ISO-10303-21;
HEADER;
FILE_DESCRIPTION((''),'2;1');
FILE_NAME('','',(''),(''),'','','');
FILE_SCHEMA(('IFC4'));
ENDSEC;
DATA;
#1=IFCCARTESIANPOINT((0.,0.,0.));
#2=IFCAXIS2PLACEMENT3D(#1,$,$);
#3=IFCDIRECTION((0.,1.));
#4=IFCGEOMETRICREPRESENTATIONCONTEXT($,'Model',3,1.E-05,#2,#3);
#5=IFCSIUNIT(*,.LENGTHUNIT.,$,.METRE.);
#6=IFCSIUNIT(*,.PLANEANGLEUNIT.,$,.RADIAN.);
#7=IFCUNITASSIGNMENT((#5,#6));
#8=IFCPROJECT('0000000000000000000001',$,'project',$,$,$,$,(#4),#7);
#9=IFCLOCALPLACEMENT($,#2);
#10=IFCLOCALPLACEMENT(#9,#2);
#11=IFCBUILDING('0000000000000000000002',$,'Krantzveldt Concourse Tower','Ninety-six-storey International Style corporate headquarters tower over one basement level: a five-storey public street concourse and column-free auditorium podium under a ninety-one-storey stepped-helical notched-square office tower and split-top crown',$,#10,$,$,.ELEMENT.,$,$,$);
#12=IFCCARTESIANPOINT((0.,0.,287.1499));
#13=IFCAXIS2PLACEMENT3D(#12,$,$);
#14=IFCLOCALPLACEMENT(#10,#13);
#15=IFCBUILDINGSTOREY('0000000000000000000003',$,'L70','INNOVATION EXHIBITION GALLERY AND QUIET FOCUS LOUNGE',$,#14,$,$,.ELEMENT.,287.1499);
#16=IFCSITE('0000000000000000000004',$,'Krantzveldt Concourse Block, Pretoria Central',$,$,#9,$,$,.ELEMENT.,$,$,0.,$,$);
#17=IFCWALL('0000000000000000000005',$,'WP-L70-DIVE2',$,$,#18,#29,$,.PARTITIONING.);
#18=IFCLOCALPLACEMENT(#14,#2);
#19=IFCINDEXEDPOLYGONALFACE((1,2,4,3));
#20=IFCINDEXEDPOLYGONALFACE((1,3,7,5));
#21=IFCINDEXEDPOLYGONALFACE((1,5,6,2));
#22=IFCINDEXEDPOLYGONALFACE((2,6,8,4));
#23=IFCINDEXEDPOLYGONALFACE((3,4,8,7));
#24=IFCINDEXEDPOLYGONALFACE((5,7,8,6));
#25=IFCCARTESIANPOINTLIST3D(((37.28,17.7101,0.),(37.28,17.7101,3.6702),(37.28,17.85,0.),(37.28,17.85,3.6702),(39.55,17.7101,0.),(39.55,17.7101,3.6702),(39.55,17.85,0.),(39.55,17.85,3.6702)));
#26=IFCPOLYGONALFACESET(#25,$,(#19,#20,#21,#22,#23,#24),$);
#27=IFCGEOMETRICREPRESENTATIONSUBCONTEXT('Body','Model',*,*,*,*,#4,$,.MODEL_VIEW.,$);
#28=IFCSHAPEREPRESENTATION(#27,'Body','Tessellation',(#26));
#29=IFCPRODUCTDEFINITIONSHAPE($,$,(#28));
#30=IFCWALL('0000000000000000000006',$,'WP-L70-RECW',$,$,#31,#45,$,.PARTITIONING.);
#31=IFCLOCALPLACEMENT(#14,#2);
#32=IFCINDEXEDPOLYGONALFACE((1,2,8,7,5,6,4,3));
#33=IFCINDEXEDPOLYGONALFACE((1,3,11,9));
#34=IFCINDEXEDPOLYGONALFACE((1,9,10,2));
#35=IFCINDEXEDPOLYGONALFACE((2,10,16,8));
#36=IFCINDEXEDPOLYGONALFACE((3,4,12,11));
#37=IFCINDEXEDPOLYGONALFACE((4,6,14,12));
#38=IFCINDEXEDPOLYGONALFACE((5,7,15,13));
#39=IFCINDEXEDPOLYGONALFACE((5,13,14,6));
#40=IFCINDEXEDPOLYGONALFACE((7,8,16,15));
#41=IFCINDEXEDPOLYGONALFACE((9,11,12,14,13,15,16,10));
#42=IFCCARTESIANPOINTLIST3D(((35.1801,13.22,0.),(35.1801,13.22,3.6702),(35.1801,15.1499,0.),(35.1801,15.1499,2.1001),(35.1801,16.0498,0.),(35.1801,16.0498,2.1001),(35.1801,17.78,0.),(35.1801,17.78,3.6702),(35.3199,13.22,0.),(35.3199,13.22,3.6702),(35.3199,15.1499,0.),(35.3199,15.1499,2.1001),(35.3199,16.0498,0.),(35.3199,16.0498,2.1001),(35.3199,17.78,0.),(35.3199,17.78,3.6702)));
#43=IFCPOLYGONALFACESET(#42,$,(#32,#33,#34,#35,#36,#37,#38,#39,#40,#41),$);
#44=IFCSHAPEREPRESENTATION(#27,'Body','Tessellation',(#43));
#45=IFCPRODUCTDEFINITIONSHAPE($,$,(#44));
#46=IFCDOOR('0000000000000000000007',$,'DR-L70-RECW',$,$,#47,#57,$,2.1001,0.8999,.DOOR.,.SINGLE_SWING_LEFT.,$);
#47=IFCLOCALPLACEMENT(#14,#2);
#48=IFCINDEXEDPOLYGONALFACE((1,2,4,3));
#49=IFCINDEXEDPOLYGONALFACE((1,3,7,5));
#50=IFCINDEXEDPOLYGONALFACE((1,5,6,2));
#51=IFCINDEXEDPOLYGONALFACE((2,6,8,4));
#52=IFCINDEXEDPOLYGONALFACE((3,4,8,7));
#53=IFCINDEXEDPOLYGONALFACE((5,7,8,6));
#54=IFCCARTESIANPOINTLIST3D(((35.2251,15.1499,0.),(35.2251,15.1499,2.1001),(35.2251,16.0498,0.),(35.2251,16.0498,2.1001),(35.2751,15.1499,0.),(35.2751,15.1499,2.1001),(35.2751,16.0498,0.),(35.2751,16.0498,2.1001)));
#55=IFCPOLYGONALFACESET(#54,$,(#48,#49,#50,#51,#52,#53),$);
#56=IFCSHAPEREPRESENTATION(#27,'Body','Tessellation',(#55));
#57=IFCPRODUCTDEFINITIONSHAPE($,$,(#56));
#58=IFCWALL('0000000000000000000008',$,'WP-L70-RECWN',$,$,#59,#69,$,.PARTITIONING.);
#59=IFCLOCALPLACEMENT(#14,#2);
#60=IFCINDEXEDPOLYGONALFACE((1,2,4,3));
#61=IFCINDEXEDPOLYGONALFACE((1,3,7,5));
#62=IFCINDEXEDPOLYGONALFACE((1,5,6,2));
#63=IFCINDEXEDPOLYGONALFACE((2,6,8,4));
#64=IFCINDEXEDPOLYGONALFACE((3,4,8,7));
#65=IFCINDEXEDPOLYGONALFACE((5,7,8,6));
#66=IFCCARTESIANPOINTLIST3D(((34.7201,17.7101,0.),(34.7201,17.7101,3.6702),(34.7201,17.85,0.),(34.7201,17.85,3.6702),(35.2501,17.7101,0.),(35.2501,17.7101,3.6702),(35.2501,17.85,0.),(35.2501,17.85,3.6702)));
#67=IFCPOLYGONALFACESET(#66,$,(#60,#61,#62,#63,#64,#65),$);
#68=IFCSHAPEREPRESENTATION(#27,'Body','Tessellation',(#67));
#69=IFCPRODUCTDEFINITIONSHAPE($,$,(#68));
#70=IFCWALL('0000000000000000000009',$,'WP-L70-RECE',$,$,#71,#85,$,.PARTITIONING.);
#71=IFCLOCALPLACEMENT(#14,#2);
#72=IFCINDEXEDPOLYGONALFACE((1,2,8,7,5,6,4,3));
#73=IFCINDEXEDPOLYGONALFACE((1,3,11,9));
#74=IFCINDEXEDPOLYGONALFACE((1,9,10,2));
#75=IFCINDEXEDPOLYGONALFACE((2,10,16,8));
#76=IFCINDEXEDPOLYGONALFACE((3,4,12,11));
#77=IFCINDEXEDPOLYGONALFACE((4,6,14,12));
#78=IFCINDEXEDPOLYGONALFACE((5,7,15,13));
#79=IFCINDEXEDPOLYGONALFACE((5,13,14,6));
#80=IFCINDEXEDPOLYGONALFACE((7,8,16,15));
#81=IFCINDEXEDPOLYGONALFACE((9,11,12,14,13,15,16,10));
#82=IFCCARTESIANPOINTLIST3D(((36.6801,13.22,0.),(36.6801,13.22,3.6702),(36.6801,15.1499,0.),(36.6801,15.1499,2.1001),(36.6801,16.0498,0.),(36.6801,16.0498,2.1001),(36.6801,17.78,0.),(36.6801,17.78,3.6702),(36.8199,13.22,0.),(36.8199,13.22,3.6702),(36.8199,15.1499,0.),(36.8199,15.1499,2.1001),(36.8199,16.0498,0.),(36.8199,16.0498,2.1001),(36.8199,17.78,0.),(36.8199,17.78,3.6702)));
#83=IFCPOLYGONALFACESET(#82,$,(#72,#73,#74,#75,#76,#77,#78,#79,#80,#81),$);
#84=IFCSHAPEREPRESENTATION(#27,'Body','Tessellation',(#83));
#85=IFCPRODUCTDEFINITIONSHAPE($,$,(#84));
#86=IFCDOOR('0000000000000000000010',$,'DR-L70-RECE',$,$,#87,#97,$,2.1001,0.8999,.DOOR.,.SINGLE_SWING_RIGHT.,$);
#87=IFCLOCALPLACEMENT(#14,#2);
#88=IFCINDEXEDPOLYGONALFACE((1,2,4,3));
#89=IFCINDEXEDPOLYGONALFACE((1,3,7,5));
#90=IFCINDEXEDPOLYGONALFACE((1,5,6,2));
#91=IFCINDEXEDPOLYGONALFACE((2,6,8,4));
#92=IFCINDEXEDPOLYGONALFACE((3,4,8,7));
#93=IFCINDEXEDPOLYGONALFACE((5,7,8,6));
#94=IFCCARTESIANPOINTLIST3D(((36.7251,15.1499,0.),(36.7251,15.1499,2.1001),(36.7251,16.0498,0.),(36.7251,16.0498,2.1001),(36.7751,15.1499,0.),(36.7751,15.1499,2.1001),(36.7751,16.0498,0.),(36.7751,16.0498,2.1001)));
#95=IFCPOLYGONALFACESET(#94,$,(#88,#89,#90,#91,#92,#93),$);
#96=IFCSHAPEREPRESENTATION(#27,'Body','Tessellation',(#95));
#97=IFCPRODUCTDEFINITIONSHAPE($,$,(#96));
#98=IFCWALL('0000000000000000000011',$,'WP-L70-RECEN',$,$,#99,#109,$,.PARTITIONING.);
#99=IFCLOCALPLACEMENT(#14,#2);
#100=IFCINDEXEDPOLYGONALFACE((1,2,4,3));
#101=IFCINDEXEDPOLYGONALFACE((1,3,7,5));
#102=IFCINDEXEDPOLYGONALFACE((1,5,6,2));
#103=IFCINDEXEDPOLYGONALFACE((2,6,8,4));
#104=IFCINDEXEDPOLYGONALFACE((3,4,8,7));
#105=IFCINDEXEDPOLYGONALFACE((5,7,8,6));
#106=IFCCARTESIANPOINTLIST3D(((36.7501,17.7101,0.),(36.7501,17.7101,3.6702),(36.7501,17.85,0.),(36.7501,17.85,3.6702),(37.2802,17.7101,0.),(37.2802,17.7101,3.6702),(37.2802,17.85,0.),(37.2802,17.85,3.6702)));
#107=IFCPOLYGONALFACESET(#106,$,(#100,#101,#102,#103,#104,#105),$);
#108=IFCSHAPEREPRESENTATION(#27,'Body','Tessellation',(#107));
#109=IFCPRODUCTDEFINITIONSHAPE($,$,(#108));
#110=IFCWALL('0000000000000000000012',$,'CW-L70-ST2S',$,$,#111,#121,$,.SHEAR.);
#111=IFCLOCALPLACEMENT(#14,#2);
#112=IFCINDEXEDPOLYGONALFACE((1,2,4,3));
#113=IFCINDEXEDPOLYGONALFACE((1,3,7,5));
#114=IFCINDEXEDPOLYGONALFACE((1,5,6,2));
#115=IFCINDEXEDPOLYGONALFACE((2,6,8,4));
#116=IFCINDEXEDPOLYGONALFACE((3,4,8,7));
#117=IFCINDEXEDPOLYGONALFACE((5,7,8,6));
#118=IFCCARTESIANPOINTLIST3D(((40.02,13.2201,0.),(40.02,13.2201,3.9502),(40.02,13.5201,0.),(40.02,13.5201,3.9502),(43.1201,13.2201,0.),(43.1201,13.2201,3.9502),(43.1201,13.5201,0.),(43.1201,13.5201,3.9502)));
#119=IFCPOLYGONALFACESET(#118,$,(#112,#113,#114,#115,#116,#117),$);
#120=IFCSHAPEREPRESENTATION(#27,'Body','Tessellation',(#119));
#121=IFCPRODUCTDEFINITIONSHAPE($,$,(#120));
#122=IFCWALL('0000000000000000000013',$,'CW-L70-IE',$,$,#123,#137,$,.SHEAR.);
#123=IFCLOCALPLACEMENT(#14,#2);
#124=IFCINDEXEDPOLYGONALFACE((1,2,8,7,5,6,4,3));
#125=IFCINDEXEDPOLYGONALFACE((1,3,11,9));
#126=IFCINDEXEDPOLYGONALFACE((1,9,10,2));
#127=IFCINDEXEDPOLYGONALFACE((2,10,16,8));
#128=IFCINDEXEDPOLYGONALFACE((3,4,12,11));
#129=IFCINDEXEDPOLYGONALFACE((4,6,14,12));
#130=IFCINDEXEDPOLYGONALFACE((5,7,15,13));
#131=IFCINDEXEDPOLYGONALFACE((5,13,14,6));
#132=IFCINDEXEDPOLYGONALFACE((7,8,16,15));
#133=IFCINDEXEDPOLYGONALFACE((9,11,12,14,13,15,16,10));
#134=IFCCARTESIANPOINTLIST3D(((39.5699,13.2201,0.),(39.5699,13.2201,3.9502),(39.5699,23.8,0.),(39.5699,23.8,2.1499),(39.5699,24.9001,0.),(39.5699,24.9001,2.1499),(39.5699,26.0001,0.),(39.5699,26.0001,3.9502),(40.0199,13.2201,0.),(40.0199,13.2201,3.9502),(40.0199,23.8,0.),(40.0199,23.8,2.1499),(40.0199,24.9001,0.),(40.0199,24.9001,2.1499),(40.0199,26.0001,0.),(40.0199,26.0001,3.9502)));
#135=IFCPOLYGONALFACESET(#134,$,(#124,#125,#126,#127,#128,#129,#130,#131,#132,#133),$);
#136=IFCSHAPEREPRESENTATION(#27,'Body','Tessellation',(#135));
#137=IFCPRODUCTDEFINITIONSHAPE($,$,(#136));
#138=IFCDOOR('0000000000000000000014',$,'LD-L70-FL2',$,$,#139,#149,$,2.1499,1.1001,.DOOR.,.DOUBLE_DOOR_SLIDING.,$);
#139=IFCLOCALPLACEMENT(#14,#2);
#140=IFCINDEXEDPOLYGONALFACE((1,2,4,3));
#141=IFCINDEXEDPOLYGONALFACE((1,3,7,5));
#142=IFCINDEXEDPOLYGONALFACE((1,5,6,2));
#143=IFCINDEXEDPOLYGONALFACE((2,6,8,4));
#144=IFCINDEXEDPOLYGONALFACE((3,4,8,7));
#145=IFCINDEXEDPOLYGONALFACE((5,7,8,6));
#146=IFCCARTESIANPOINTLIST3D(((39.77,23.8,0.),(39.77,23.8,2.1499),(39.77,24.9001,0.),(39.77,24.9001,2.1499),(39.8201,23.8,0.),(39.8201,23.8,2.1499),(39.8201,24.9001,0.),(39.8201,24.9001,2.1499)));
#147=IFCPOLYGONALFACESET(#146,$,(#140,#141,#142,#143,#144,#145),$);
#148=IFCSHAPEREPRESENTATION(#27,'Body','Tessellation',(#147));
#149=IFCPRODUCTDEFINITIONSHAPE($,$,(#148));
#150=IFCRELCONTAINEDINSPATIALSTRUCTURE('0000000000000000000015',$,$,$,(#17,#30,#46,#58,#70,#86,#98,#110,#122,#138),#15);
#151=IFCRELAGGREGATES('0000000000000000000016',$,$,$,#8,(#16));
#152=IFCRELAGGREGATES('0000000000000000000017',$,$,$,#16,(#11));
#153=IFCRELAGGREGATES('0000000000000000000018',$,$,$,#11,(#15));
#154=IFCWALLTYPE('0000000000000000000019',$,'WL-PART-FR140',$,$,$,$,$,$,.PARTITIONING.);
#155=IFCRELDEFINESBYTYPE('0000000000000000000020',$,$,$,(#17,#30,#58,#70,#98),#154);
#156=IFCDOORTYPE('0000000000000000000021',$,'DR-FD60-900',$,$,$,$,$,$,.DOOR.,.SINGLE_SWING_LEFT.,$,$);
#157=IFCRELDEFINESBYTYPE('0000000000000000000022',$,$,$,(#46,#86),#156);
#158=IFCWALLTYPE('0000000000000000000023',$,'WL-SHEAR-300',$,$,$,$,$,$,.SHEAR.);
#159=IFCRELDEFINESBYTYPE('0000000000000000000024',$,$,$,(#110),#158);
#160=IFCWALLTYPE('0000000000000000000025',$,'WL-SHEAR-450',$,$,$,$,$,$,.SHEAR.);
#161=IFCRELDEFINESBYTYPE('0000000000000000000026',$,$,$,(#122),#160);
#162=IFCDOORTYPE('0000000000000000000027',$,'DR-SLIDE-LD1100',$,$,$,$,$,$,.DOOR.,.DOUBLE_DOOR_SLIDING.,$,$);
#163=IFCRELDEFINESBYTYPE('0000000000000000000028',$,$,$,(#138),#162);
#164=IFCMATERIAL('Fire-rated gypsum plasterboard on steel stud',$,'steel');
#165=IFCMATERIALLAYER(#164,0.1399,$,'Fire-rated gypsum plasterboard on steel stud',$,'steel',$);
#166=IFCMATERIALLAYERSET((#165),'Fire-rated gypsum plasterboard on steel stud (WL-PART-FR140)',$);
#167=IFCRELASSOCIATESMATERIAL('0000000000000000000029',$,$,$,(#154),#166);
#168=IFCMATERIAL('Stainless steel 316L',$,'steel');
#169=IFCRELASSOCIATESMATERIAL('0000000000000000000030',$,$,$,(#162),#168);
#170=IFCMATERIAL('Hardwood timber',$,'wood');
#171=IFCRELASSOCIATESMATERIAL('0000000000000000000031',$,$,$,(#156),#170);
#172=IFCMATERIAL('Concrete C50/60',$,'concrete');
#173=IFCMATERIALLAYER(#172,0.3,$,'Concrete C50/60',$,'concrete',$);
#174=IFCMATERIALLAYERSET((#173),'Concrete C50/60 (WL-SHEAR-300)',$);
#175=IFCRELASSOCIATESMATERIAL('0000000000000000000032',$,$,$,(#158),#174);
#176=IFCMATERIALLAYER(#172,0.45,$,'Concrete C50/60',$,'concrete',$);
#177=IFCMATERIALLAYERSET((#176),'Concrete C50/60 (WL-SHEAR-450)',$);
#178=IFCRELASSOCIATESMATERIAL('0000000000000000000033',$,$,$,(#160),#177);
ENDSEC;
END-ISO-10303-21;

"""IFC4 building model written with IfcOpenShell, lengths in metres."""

from ifc_helpers import new_model, si_unit, direction, frame, frame_2d, origin, place, context, subcontext, project, spatial, rectangle, extrude, material, layer, layer_set, type_object, element, fill, save


model = new_model("IFC4")

# Units and contexts
model_context = context("Model", 3, precision=1e-05, world=origin(), true_north=direction((0.0, 1.0)))
body_context = subcontext(model_context, "Body", "Model", "MODEL_VIEW")
ifc_project = project(units=[si_unit("LENGTHUNIT", "METRE"), si_unit("PLANEANGLEUNIT", "RADIAN")], contexts=[model_context])

# Site, building, storey
site_placement = place(None, origin())
site = spatial("IfcSite", under=ifc_project, at=site_placement, Name="Krantzveldt Concourse Block, Pretoria Central", CompositionType="ELEMENT", RefElevation=0.0)
building_placement = place(site_placement, origin())
building = spatial("IfcBuilding", under=site, at=building_placement, Name="Krantzveldt Concourse Tower", Description="Ninety-six-storey International Style corporate headquarters tower over one basement level: a five-storey public street concourse and column-free auditorium podium under a ninety-one-storey stepped-helical notched-square office tower and split-top crown", CompositionType="ELEMENT")
storey_placement = place(building_placement, frame((0.0, 0.0, 287.1499)))
storey = spatial("IfcBuildingStorey", under=building, at=storey_placement, Name="L70", Description="INNOVATION EXHIBITION GALLERY AND QUIET FOCUS LOUNGE", CompositionType="ELEMENT", Elevation=287.1499)

# Shared definitions
ifc_material_1 = material(Name="Fire-rated gypsum plasterboard on steel stud", Category="steel")

# Shared definitions
ifc_layer_1 = layer(ifc_material_1, 0.1399, Name="Fire-rated gypsum plasterboard on steel stud", Category="steel")
ifc_layer_set_1 = layer_set([ifc_layer_1], Name="Fire-rated gypsum plasterboard on steel stud (WL-PART-FR140)")
wall_type_1 = type_object("IfcWallType", Name="WL-PART-FR140", PredefinedType="PARTITIONING", material=ifc_layer_set_1)
ifc_material_2 = material(Name="Stainless steel 316L", Category="steel")
door_type_1 = type_object("IfcDoorType", Name="DR-SLIDE-LD1100", OperationType="DOUBLE_DOOR_SLIDING", PredefinedType="DOOR", material=ifc_material_2)

# Wall
wall_1_placement = place(storey_placement, frame((37.28, 17.78, 0.0), z_axis=(0.0, 0.0, 1.0), x_axis=(1.0, 0.0, 0.0)))
element("IfcWall", 1, at=wall_1_placement, inside=storey, type_object=wall_type_1, Name="WP-L70-DIVE2", PredefinedType="PARTITIONING", context=body_context, shape_type="SweptSolid", body=[
    extrude(rectangle(XDim=2.27, YDim=0.1399, at=frame_2d((1.135, 0.0))), origin(), (0.0, 0.0, 1.0), 3.6702),
])

# Wall, opening, door
wall_2_placement = place(storey_placement, frame((35.25, 13.22, 0.0), z_axis=(0.0, 0.0, 1.0), x_axis=(0.0, 1.0, 0.0)))
wall_2 = element("IfcWall", 2, at=wall_2_placement, inside=storey, type_object=wall_type_1, Name="WP-L70-RECW", PredefinedType="PARTITIONING", context=body_context, shape_type="SweptSolid", body=[
    extrude(rectangle(XDim=4.5601, YDim=0.1399, at=frame_2d((2.28, 0.0))), origin(), (0.0, 0.0, 1.0), 3.6702),
])
opening_1_placement = place(wall_2_placement, frame((1.9299, 0.0, 0.0)))
opening_1 = element("IfcOpeningElement", 3, at=opening_1_placement, cuts=wall_2, PredefinedType="OPENING", context=body_context, shape_type="SweptSolid", body=[
    extrude(rectangle(XDim=0.8999, YDim=2.1001, at=frame_2d((0.45, 1.05))), frame((0.0, 0.0801, 0.0), z_axis=(0.0, -1.0, 0.0), x_axis=(1.0, 0.0, 0.0)), (0.0, 0.0, 1.0), 0.1599),
])
ifc_material_3 = material(Name="Hardwood timber", Category="wood")
door_type_2 = type_object("IfcDoorType", Name="DR-FD60-900", OperationType="SINGLE_SWING_LEFT", PredefinedType="DOOR", material=ifc_material_3)
door_1_placement = place(opening_1_placement, origin())
door_1 = element("IfcDoor", 4, at=door_1_placement, inside=storey, type_object=door_type_2, Name="DR-L70-RECW", OperationType="SINGLE_SWING_LEFT", OverallHeight=2.1001, OverallWidth=0.8999, PredefinedType="DOOR", context=body_context, shape_type="SweptSolid", body=[
    extrude(rectangle(XDim=0.8999, YDim=2.1001, at=frame_2d((0.45, 1.05))), frame((0.0, 0.0249, 0.0), z_axis=(0.0, -1.0, 0.0), x_axis=(1.0, 0.0, 0.0)), (0.0, 0.0, 1.0), 0.05),
])
fill(opening_1, door_1)

# Wall
wall_3_placement = place(storey_placement, frame((34.72, 17.78, 0.0), z_axis=(0.0, 0.0, 1.0), x_axis=(1.0, 0.0, 0.0)))
element("IfcWall", 5, at=wall_3_placement, inside=storey, type_object=wall_type_1, Name="WP-L70-RECWN", PredefinedType="PARTITIONING", context=body_context, shape_type="SweptSolid", body=[
    extrude(rectangle(XDim=0.53, YDim=0.1399, at=frame_2d((0.2651, 0.0))), origin(), (0.0, 0.0, 1.0), 3.6702),
])

# Wall, opening, door
wall_4_placement = place(storey_placement, frame((36.75, 13.22, 0.0), z_axis=(0.0, 0.0, 1.0), x_axis=(0.0, 1.0, 0.0)))
wall_4 = element("IfcWall", 6, at=wall_4_placement, inside=storey, type_object=wall_type_1, Name="WP-L70-RECE", PredefinedType="PARTITIONING", context=body_context, shape_type="SweptSolid", body=[
    extrude(rectangle(XDim=4.5601, YDim=0.1399, at=frame_2d((2.28, 0.0))), origin(), (0.0, 0.0, 1.0), 3.6702),
])
opening_2_placement = place(wall_4_placement, frame((1.9299, 0.0, 0.0)))
opening_2 = element("IfcOpeningElement", 7, at=opening_2_placement, cuts=wall_4, PredefinedType="OPENING", context=body_context, shape_type="SweptSolid", body=[
    extrude(rectangle(XDim=0.8999, YDim=2.1001, at=frame_2d((0.45, 1.05))), frame((0.0, 0.0801, 0.0), z_axis=(0.0, -1.0, 0.0), x_axis=(1.0, 0.0, 0.0)), (0.0, 0.0, 1.0), 0.1599),
])
door_2_placement = place(opening_2_placement, origin())
door_2 = element("IfcDoor", 8, at=door_2_placement, inside=storey, type_object=door_type_2, Name="DR-L70-RECE", OperationType="SINGLE_SWING_RIGHT", OverallHeight=2.1001, OverallWidth=0.8999, PredefinedType="DOOR", context=body_context, shape_type="SweptSolid", body=[
    extrude(rectangle(XDim=0.8999, YDim=2.1001, at=frame_2d((0.45, 1.05))), frame((0.0, 0.0249, 0.0), z_axis=(0.0, -1.0, 0.0), x_axis=(1.0, 0.0, 0.0)), (0.0, 0.0, 1.0), 0.05),
])
fill(opening_2, door_2)

# Walls
wall_5_placement = place(storey_placement, frame((36.75, 17.78, 0.0), z_axis=(0.0, 0.0, 1.0), x_axis=(1.0, 0.0, 0.0)))
element("IfcWall", 9, at=wall_5_placement, inside=storey, type_object=wall_type_1, Name="WP-L70-RECEN", PredefinedType="PARTITIONING", context=body_context, shape_type="SweptSolid", body=[
    extrude(rectangle(XDim=0.53, YDim=0.1399, at=frame_2d((0.2651, 0.0))), origin(), (0.0, 0.0, 1.0), 3.6702),
])
ifc_material_4 = material(Name="Concrete C50/60", Category="concrete")
ifc_layer_2 = layer(ifc_material_4, 0.3, Name="Concrete C50/60", Category="concrete")
ifc_layer_set_2 = layer_set([ifc_layer_2], Name="Concrete C50/60 (WL-SHEAR-300)")
wall_type_2 = type_object("IfcWallType", Name="WL-SHEAR-300", PredefinedType="SHEAR", material=ifc_layer_set_2)
wall_6_placement = place(storey_placement, frame((40.02, 13.3701, 0.0), z_axis=(0.0, 0.0, 1.0), x_axis=(1.0, 0.0, 0.0)))
element("IfcWall", 10, at=wall_6_placement, inside=storey, type_object=wall_type_2, Name="CW-L70-ST2S", PredefinedType="SHEAR", context=body_context, shape_type="SweptSolid", body=[
    extrude(rectangle(XDim=3.1001, YDim=0.3, at=frame_2d((1.55, 0.0))), origin(), (0.0, 0.0, 1.0), 3.9502),
])

# Wall, opening, door
ifc_layer_3 = layer(ifc_material_4, 0.45, Name="Concrete C50/60", Category="concrete")
ifc_layer_set_3 = layer_set([ifc_layer_3], Name="Concrete C50/60 (WL-SHEAR-450)")
wall_type_3 = type_object("IfcWallType", Name="WL-SHEAR-450", PredefinedType="SHEAR", material=ifc_layer_set_3)
wall_7_placement = place(storey_placement, frame((39.7949, 13.22, 0.0), z_axis=(0.0, 0.0, 1.0), x_axis=(0.0, 1.0, 0.0)))
wall_7 = element("IfcWall", 11, at=wall_7_placement, inside=storey, type_object=wall_type_3, Name="CW-L70-IE", PredefinedType="SHEAR", context=body_context, shape_type="SweptSolid", body=[
    extrude(rectangle(XDim=12.78, YDim=0.45, at=frame_2d((6.3901, 0.0))), origin(), (0.0, 0.0, 1.0), 3.9502),
])
opening_3_placement = place(wall_7_placement, frame((10.5801, 0.0, 0.0)))
opening_3 = element("IfcOpeningElement", 12, at=opening_3_placement, cuts=wall_7, PredefinedType="OPENING", context=body_context, shape_type="SweptSolid", body=[
    extrude(rectangle(XDim=1.1001, YDim=2.1499, at=frame_2d((0.55, 1.075))), frame((0.0, 0.2349, 0.0), z_axis=(0.0, -1.0, 0.0), x_axis=(1.0, 0.0, 0.0)), (0.0, 0.0, 1.0), 0.47),
])
door_3_placement = place(opening_3_placement, origin())
door_3 = element("IfcDoor", 13, at=door_3_placement, inside=storey, type_object=door_type_1, Name="LD-L70-FL2", OperationType="DOUBLE_DOOR_SLIDING", OverallHeight=2.1499, OverallWidth=1.1001, PredefinedType="DOOR", context=body_context, shape_type="SweptSolid", body=[
    extrude(rectangle(XDim=1.1001, YDim=2.1499, at=frame_2d((0.55, 1.075))), frame((0.0, 0.0249, 0.0), z_axis=(0.0, -1.0, 0.0), x_axis=(1.0, 0.0, 0.0)), (0.0, 0.0, 1.0), 0.05),
])
fill(opening_3, door_3)

save(model, "model.ifc")
